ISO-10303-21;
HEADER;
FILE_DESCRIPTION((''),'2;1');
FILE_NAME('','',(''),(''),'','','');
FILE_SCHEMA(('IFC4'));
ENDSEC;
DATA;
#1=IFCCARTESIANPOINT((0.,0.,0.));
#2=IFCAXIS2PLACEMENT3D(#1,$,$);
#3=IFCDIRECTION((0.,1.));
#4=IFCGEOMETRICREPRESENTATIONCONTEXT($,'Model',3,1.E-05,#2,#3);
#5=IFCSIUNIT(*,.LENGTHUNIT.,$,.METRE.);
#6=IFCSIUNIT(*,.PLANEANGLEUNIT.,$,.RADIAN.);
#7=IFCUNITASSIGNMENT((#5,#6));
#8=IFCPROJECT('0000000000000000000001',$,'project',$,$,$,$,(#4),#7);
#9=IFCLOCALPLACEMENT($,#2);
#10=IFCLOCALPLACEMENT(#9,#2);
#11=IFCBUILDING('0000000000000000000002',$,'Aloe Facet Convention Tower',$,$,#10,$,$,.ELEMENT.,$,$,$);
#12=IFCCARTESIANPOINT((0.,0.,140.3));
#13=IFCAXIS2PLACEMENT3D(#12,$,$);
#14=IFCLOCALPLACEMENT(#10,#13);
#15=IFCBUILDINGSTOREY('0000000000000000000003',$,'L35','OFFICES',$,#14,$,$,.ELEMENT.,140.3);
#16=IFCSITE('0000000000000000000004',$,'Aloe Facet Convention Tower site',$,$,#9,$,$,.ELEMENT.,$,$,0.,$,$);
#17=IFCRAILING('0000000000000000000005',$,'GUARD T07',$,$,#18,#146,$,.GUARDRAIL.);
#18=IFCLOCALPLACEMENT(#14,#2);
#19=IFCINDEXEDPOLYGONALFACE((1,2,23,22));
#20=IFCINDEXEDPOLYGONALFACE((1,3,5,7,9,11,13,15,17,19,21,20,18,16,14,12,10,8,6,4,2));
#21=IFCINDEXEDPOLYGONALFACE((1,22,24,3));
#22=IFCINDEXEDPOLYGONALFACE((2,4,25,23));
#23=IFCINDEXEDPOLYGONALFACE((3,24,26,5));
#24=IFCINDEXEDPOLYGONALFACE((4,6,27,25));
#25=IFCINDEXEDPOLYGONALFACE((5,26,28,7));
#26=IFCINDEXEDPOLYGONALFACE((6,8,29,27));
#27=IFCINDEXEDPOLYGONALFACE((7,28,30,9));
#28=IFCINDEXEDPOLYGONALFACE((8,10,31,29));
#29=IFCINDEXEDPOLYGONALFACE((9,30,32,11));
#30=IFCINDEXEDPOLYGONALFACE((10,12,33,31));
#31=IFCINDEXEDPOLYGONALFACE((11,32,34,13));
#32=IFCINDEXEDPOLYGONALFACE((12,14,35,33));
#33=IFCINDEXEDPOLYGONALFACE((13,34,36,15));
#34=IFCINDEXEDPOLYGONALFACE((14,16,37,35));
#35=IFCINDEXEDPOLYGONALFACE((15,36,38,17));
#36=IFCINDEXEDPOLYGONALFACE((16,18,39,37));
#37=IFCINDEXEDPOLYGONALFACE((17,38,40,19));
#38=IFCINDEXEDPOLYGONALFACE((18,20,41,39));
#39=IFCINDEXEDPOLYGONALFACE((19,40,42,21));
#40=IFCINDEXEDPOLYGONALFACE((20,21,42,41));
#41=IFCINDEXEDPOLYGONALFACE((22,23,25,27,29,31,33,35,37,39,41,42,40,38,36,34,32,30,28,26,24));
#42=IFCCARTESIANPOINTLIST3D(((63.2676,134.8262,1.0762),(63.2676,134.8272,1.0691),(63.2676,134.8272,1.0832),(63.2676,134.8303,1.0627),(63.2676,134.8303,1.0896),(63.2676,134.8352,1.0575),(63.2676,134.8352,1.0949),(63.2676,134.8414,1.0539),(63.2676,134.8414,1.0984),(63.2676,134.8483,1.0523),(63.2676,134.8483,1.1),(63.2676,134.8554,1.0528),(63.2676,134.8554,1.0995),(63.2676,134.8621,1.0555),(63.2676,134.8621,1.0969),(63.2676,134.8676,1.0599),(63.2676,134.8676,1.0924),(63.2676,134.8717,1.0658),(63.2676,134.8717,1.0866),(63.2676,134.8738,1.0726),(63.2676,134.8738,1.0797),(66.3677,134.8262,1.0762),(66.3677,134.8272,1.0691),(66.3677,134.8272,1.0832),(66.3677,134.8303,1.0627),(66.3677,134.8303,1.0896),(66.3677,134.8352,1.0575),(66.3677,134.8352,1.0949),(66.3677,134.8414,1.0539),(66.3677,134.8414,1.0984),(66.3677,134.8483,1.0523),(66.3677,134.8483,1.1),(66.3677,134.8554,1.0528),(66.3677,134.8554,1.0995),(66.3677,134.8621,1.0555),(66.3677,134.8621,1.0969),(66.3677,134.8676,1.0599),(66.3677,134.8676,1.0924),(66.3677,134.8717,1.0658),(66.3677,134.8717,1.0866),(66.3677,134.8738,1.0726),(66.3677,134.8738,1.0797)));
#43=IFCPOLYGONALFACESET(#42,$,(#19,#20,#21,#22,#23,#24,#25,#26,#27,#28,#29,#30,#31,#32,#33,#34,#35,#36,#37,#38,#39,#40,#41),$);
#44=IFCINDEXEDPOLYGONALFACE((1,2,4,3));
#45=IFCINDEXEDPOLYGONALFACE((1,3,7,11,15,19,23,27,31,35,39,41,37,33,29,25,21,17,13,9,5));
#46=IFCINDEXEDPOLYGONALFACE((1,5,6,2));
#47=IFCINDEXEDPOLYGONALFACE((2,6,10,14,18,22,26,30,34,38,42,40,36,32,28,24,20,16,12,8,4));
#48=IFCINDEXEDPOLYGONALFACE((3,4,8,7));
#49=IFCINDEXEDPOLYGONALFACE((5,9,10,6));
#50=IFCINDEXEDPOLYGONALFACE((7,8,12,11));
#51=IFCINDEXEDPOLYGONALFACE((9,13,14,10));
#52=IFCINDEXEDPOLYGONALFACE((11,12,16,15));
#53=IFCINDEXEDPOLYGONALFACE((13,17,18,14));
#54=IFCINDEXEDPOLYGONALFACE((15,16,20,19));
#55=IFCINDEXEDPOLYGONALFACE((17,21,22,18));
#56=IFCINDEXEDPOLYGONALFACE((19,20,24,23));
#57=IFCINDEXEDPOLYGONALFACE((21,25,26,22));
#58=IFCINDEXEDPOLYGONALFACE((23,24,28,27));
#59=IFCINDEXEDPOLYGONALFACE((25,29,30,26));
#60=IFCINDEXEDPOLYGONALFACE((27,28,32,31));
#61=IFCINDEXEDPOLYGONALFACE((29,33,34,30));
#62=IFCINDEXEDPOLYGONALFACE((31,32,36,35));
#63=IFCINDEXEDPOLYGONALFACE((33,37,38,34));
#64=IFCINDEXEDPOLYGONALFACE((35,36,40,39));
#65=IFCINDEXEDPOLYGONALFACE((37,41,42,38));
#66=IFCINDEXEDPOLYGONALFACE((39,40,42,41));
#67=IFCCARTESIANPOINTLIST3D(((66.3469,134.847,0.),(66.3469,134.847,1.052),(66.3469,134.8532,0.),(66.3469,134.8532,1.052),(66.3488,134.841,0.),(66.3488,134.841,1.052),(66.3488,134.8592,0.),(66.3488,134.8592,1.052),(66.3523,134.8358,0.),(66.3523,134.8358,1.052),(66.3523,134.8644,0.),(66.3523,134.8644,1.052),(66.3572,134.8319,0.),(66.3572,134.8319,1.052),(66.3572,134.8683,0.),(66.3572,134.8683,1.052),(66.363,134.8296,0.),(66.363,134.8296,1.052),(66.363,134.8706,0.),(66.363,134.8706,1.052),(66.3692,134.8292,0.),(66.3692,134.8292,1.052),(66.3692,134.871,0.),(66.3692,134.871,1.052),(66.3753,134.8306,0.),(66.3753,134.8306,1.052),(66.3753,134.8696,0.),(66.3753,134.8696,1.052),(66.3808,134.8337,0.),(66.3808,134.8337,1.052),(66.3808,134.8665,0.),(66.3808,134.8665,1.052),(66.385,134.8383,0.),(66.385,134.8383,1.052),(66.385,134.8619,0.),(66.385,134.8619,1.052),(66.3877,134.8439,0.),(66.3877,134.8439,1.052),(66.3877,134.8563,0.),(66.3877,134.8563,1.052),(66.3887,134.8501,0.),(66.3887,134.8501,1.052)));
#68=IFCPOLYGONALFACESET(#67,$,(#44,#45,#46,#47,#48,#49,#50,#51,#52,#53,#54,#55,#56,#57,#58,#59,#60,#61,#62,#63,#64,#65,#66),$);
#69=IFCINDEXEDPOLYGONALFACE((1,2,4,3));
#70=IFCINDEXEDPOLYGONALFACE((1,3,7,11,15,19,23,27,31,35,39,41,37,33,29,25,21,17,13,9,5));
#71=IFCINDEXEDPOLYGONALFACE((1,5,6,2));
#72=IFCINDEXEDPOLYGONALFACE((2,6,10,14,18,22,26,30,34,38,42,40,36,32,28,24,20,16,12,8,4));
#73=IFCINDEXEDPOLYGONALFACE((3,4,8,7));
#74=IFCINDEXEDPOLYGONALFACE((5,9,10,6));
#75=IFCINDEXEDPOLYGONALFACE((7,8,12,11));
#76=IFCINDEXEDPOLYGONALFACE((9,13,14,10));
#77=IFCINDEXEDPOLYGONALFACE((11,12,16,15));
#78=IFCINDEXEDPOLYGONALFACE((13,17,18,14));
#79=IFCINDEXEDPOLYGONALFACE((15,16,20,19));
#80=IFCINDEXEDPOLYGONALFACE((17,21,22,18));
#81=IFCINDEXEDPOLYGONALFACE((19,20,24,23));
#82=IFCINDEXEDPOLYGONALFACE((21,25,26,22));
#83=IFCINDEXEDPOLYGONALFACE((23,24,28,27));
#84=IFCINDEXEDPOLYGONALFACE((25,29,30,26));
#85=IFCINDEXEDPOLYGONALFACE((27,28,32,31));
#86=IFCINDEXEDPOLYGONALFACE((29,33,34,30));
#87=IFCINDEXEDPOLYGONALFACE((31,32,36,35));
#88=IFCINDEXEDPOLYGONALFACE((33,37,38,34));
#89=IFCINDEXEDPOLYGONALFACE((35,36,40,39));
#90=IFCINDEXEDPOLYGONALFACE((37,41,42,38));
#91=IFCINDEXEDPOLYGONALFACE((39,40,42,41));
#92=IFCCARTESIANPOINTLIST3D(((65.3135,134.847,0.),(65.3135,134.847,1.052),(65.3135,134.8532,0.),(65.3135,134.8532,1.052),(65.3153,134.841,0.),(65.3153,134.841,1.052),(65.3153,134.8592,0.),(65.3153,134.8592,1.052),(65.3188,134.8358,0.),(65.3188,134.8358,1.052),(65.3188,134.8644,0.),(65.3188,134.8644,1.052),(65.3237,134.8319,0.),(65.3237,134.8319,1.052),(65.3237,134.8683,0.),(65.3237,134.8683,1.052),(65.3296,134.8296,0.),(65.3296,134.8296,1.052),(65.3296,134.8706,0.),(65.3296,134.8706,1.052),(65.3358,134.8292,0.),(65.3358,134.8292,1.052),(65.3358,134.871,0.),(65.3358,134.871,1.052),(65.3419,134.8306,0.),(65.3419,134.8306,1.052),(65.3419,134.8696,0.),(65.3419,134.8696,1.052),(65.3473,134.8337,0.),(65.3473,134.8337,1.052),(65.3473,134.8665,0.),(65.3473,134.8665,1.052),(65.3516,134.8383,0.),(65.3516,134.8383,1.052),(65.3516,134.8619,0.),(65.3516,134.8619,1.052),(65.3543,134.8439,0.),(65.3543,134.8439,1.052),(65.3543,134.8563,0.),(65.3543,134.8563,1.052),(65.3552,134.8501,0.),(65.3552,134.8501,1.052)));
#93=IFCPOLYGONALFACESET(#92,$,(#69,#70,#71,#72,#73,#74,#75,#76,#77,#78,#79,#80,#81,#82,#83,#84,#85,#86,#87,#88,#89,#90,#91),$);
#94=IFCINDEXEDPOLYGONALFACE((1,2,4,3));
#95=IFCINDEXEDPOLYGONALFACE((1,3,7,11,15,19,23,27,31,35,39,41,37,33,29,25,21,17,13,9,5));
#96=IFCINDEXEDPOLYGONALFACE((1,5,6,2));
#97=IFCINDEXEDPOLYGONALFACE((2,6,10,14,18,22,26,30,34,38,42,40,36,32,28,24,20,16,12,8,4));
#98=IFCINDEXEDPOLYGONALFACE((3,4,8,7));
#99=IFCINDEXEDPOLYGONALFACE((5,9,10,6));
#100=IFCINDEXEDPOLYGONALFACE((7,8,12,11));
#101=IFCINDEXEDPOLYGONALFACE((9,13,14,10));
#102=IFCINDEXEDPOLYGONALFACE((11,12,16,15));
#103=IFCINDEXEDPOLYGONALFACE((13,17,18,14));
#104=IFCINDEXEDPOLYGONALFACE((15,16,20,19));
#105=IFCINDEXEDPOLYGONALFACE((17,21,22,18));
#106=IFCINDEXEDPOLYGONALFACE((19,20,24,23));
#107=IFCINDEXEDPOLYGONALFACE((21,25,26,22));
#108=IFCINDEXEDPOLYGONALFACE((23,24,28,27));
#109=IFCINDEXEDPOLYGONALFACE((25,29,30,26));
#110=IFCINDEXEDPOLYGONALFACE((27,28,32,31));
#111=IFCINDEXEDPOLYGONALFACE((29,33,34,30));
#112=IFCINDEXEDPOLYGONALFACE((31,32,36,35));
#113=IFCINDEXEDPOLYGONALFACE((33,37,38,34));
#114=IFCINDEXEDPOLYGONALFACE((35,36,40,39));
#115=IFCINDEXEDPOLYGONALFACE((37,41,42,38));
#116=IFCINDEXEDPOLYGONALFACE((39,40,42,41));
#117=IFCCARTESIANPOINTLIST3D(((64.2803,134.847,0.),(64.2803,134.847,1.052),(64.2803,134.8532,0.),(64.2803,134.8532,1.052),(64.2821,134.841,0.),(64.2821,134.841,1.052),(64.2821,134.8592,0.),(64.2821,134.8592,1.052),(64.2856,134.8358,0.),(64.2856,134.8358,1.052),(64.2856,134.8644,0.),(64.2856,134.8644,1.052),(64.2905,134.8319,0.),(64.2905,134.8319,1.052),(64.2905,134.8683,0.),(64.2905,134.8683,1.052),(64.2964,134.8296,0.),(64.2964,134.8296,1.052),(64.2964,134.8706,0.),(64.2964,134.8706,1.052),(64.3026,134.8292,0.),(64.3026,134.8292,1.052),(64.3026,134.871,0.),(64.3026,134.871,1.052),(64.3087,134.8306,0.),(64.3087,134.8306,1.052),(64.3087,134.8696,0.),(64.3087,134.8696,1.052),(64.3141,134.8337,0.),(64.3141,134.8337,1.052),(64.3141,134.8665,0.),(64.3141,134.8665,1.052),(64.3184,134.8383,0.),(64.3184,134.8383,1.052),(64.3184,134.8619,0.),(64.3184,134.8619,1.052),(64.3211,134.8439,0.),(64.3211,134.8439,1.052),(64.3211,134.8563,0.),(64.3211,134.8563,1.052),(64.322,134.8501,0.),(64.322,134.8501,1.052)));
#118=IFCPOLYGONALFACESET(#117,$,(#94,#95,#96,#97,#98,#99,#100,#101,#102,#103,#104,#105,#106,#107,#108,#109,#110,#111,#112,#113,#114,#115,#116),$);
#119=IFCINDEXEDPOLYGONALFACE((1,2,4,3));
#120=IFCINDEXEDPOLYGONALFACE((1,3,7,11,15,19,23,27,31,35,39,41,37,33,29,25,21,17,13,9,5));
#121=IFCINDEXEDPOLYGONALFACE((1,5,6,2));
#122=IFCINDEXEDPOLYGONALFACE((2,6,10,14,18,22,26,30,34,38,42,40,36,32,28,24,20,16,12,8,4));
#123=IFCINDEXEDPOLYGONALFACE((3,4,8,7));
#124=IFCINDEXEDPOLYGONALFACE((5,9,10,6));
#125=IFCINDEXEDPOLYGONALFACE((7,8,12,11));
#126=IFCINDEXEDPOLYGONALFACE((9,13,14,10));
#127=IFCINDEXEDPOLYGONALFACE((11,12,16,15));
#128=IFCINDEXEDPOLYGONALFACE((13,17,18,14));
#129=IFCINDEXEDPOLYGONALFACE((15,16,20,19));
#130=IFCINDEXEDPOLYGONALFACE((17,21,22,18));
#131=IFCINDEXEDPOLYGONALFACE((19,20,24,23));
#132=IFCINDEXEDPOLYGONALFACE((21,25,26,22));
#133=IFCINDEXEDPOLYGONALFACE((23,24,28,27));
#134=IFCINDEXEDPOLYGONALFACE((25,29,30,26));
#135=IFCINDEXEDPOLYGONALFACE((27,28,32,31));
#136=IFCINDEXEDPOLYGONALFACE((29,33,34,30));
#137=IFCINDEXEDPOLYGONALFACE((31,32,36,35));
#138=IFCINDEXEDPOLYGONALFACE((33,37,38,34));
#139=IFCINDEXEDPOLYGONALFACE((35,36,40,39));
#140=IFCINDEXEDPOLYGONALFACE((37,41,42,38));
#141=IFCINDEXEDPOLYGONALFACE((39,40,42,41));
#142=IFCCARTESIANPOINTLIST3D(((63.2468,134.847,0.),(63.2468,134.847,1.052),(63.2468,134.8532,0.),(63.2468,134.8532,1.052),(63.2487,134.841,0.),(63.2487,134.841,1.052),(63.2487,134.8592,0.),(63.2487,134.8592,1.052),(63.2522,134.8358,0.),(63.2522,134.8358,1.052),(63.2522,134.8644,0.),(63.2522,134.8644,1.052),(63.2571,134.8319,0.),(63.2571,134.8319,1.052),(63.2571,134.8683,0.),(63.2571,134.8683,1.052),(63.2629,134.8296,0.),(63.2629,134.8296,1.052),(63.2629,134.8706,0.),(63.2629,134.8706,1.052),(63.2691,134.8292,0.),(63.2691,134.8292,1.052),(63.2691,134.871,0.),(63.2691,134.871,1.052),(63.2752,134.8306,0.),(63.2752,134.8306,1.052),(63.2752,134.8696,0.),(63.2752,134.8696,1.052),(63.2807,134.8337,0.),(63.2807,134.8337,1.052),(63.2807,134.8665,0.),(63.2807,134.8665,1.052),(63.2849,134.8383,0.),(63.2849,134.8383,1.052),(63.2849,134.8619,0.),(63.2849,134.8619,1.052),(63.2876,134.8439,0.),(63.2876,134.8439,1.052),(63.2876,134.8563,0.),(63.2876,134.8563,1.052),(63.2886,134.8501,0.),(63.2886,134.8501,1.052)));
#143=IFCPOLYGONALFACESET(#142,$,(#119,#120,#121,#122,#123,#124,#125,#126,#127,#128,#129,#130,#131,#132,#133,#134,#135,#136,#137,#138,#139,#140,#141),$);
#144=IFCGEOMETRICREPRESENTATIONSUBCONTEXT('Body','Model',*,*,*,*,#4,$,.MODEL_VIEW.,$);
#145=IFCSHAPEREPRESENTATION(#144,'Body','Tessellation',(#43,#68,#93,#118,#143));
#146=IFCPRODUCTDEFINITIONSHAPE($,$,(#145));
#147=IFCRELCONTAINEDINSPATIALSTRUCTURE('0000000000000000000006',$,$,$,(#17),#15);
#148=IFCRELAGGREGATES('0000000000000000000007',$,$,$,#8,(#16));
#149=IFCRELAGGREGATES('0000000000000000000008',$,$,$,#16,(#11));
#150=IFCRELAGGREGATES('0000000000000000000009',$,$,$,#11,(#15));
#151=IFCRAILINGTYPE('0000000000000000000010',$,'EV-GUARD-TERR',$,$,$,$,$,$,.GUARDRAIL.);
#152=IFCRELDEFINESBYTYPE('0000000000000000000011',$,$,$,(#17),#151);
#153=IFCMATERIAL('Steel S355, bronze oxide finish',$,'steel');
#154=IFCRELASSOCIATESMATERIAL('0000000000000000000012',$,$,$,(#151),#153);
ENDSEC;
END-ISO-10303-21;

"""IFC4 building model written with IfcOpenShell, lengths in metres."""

from ifc_helpers import new_model, si_unit, direction, frame, origin, origin_2d, place, context, subcontext, project, spatial, circle, extrude, material, type_object, element, save


model = new_model("IFC4")

# Units and contexts
model_context = context("Model", 3, precision=1e-05, world=origin(), true_north=direction((0.0, 1.0)))
body_context = subcontext(model_context, "Body", "Model", "MODEL_VIEW")
ifc_project = project(units=[si_unit("LENGTHUNIT", "METRE"), si_unit("PLANEANGLEUNIT", "RADIAN")], contexts=[model_context])

# Site, building, storey
site_placement = place(None, origin())
site = spatial("IfcSite", under=ifc_project, at=site_placement, Name="Aloe Facet Convention Tower site", CompositionType="ELEMENT", RefElevation=0.0)
building_placement = place(site_placement, origin())
building = spatial("IfcBuilding", under=site, at=building_placement, Name="Aloe Facet Convention Tower", CompositionType="ELEMENT")
storey_placement = place(building_placement, frame((0.0, 0.0, 140.3)))
storey = spatial("IfcBuildingStorey", under=building, at=storey_placement, Name="L35", Description="OFFICES", CompositionType="ELEMENT", Elevation=140.3)

# Railing
ifc_material_1 = material(Name="Steel S355, bronze oxide finish", Category="steel")
railing_type = type_object("IfcRailingType", Name="EV-GUARD-TERR", PredefinedType="GUARDRAIL", material=ifc_material_1)
railing_placement = place(storey_placement, frame((66.3677, 134.8501, 0.0)))
element("IfcRailing", 1, at=railing_placement, inside=storey, type_object=railing_type, Name="GUARD T07", PredefinedType="GUARDRAIL", context=body_context, shape_type="SweptSolid", body=[
    extrude(circle(Radius=0.0239, at=origin_2d()), frame((0.0, 0.0, 1.0762), z_axis=(-1.0, 0.0, 0.0), x_axis=(0.0, -1.0, 0.0)), (0.0, 0.0, 1.0), 3.1001),
    extrude(circle(Radius=0.021, at=origin_2d()), origin(), (0.0, 0.0, 1.0), 1.052),
    extrude(circle(Radius=0.021, at=origin_2d()), frame((-1.0334, 0.0, 0.0)), (0.0, 0.0, 1.0), 1.052),
    extrude(circle(Radius=0.021, at=origin_2d()), frame((-2.0667, 0.0, 0.0)), (0.0, 0.0, 1.0), 1.052),
    extrude(circle(Radius=0.021, at=origin_2d()), frame((-3.1001, 0.0, 0.0)), (0.0, 0.0, 1.0), 1.052),
])

save(model, "model.ifc")
